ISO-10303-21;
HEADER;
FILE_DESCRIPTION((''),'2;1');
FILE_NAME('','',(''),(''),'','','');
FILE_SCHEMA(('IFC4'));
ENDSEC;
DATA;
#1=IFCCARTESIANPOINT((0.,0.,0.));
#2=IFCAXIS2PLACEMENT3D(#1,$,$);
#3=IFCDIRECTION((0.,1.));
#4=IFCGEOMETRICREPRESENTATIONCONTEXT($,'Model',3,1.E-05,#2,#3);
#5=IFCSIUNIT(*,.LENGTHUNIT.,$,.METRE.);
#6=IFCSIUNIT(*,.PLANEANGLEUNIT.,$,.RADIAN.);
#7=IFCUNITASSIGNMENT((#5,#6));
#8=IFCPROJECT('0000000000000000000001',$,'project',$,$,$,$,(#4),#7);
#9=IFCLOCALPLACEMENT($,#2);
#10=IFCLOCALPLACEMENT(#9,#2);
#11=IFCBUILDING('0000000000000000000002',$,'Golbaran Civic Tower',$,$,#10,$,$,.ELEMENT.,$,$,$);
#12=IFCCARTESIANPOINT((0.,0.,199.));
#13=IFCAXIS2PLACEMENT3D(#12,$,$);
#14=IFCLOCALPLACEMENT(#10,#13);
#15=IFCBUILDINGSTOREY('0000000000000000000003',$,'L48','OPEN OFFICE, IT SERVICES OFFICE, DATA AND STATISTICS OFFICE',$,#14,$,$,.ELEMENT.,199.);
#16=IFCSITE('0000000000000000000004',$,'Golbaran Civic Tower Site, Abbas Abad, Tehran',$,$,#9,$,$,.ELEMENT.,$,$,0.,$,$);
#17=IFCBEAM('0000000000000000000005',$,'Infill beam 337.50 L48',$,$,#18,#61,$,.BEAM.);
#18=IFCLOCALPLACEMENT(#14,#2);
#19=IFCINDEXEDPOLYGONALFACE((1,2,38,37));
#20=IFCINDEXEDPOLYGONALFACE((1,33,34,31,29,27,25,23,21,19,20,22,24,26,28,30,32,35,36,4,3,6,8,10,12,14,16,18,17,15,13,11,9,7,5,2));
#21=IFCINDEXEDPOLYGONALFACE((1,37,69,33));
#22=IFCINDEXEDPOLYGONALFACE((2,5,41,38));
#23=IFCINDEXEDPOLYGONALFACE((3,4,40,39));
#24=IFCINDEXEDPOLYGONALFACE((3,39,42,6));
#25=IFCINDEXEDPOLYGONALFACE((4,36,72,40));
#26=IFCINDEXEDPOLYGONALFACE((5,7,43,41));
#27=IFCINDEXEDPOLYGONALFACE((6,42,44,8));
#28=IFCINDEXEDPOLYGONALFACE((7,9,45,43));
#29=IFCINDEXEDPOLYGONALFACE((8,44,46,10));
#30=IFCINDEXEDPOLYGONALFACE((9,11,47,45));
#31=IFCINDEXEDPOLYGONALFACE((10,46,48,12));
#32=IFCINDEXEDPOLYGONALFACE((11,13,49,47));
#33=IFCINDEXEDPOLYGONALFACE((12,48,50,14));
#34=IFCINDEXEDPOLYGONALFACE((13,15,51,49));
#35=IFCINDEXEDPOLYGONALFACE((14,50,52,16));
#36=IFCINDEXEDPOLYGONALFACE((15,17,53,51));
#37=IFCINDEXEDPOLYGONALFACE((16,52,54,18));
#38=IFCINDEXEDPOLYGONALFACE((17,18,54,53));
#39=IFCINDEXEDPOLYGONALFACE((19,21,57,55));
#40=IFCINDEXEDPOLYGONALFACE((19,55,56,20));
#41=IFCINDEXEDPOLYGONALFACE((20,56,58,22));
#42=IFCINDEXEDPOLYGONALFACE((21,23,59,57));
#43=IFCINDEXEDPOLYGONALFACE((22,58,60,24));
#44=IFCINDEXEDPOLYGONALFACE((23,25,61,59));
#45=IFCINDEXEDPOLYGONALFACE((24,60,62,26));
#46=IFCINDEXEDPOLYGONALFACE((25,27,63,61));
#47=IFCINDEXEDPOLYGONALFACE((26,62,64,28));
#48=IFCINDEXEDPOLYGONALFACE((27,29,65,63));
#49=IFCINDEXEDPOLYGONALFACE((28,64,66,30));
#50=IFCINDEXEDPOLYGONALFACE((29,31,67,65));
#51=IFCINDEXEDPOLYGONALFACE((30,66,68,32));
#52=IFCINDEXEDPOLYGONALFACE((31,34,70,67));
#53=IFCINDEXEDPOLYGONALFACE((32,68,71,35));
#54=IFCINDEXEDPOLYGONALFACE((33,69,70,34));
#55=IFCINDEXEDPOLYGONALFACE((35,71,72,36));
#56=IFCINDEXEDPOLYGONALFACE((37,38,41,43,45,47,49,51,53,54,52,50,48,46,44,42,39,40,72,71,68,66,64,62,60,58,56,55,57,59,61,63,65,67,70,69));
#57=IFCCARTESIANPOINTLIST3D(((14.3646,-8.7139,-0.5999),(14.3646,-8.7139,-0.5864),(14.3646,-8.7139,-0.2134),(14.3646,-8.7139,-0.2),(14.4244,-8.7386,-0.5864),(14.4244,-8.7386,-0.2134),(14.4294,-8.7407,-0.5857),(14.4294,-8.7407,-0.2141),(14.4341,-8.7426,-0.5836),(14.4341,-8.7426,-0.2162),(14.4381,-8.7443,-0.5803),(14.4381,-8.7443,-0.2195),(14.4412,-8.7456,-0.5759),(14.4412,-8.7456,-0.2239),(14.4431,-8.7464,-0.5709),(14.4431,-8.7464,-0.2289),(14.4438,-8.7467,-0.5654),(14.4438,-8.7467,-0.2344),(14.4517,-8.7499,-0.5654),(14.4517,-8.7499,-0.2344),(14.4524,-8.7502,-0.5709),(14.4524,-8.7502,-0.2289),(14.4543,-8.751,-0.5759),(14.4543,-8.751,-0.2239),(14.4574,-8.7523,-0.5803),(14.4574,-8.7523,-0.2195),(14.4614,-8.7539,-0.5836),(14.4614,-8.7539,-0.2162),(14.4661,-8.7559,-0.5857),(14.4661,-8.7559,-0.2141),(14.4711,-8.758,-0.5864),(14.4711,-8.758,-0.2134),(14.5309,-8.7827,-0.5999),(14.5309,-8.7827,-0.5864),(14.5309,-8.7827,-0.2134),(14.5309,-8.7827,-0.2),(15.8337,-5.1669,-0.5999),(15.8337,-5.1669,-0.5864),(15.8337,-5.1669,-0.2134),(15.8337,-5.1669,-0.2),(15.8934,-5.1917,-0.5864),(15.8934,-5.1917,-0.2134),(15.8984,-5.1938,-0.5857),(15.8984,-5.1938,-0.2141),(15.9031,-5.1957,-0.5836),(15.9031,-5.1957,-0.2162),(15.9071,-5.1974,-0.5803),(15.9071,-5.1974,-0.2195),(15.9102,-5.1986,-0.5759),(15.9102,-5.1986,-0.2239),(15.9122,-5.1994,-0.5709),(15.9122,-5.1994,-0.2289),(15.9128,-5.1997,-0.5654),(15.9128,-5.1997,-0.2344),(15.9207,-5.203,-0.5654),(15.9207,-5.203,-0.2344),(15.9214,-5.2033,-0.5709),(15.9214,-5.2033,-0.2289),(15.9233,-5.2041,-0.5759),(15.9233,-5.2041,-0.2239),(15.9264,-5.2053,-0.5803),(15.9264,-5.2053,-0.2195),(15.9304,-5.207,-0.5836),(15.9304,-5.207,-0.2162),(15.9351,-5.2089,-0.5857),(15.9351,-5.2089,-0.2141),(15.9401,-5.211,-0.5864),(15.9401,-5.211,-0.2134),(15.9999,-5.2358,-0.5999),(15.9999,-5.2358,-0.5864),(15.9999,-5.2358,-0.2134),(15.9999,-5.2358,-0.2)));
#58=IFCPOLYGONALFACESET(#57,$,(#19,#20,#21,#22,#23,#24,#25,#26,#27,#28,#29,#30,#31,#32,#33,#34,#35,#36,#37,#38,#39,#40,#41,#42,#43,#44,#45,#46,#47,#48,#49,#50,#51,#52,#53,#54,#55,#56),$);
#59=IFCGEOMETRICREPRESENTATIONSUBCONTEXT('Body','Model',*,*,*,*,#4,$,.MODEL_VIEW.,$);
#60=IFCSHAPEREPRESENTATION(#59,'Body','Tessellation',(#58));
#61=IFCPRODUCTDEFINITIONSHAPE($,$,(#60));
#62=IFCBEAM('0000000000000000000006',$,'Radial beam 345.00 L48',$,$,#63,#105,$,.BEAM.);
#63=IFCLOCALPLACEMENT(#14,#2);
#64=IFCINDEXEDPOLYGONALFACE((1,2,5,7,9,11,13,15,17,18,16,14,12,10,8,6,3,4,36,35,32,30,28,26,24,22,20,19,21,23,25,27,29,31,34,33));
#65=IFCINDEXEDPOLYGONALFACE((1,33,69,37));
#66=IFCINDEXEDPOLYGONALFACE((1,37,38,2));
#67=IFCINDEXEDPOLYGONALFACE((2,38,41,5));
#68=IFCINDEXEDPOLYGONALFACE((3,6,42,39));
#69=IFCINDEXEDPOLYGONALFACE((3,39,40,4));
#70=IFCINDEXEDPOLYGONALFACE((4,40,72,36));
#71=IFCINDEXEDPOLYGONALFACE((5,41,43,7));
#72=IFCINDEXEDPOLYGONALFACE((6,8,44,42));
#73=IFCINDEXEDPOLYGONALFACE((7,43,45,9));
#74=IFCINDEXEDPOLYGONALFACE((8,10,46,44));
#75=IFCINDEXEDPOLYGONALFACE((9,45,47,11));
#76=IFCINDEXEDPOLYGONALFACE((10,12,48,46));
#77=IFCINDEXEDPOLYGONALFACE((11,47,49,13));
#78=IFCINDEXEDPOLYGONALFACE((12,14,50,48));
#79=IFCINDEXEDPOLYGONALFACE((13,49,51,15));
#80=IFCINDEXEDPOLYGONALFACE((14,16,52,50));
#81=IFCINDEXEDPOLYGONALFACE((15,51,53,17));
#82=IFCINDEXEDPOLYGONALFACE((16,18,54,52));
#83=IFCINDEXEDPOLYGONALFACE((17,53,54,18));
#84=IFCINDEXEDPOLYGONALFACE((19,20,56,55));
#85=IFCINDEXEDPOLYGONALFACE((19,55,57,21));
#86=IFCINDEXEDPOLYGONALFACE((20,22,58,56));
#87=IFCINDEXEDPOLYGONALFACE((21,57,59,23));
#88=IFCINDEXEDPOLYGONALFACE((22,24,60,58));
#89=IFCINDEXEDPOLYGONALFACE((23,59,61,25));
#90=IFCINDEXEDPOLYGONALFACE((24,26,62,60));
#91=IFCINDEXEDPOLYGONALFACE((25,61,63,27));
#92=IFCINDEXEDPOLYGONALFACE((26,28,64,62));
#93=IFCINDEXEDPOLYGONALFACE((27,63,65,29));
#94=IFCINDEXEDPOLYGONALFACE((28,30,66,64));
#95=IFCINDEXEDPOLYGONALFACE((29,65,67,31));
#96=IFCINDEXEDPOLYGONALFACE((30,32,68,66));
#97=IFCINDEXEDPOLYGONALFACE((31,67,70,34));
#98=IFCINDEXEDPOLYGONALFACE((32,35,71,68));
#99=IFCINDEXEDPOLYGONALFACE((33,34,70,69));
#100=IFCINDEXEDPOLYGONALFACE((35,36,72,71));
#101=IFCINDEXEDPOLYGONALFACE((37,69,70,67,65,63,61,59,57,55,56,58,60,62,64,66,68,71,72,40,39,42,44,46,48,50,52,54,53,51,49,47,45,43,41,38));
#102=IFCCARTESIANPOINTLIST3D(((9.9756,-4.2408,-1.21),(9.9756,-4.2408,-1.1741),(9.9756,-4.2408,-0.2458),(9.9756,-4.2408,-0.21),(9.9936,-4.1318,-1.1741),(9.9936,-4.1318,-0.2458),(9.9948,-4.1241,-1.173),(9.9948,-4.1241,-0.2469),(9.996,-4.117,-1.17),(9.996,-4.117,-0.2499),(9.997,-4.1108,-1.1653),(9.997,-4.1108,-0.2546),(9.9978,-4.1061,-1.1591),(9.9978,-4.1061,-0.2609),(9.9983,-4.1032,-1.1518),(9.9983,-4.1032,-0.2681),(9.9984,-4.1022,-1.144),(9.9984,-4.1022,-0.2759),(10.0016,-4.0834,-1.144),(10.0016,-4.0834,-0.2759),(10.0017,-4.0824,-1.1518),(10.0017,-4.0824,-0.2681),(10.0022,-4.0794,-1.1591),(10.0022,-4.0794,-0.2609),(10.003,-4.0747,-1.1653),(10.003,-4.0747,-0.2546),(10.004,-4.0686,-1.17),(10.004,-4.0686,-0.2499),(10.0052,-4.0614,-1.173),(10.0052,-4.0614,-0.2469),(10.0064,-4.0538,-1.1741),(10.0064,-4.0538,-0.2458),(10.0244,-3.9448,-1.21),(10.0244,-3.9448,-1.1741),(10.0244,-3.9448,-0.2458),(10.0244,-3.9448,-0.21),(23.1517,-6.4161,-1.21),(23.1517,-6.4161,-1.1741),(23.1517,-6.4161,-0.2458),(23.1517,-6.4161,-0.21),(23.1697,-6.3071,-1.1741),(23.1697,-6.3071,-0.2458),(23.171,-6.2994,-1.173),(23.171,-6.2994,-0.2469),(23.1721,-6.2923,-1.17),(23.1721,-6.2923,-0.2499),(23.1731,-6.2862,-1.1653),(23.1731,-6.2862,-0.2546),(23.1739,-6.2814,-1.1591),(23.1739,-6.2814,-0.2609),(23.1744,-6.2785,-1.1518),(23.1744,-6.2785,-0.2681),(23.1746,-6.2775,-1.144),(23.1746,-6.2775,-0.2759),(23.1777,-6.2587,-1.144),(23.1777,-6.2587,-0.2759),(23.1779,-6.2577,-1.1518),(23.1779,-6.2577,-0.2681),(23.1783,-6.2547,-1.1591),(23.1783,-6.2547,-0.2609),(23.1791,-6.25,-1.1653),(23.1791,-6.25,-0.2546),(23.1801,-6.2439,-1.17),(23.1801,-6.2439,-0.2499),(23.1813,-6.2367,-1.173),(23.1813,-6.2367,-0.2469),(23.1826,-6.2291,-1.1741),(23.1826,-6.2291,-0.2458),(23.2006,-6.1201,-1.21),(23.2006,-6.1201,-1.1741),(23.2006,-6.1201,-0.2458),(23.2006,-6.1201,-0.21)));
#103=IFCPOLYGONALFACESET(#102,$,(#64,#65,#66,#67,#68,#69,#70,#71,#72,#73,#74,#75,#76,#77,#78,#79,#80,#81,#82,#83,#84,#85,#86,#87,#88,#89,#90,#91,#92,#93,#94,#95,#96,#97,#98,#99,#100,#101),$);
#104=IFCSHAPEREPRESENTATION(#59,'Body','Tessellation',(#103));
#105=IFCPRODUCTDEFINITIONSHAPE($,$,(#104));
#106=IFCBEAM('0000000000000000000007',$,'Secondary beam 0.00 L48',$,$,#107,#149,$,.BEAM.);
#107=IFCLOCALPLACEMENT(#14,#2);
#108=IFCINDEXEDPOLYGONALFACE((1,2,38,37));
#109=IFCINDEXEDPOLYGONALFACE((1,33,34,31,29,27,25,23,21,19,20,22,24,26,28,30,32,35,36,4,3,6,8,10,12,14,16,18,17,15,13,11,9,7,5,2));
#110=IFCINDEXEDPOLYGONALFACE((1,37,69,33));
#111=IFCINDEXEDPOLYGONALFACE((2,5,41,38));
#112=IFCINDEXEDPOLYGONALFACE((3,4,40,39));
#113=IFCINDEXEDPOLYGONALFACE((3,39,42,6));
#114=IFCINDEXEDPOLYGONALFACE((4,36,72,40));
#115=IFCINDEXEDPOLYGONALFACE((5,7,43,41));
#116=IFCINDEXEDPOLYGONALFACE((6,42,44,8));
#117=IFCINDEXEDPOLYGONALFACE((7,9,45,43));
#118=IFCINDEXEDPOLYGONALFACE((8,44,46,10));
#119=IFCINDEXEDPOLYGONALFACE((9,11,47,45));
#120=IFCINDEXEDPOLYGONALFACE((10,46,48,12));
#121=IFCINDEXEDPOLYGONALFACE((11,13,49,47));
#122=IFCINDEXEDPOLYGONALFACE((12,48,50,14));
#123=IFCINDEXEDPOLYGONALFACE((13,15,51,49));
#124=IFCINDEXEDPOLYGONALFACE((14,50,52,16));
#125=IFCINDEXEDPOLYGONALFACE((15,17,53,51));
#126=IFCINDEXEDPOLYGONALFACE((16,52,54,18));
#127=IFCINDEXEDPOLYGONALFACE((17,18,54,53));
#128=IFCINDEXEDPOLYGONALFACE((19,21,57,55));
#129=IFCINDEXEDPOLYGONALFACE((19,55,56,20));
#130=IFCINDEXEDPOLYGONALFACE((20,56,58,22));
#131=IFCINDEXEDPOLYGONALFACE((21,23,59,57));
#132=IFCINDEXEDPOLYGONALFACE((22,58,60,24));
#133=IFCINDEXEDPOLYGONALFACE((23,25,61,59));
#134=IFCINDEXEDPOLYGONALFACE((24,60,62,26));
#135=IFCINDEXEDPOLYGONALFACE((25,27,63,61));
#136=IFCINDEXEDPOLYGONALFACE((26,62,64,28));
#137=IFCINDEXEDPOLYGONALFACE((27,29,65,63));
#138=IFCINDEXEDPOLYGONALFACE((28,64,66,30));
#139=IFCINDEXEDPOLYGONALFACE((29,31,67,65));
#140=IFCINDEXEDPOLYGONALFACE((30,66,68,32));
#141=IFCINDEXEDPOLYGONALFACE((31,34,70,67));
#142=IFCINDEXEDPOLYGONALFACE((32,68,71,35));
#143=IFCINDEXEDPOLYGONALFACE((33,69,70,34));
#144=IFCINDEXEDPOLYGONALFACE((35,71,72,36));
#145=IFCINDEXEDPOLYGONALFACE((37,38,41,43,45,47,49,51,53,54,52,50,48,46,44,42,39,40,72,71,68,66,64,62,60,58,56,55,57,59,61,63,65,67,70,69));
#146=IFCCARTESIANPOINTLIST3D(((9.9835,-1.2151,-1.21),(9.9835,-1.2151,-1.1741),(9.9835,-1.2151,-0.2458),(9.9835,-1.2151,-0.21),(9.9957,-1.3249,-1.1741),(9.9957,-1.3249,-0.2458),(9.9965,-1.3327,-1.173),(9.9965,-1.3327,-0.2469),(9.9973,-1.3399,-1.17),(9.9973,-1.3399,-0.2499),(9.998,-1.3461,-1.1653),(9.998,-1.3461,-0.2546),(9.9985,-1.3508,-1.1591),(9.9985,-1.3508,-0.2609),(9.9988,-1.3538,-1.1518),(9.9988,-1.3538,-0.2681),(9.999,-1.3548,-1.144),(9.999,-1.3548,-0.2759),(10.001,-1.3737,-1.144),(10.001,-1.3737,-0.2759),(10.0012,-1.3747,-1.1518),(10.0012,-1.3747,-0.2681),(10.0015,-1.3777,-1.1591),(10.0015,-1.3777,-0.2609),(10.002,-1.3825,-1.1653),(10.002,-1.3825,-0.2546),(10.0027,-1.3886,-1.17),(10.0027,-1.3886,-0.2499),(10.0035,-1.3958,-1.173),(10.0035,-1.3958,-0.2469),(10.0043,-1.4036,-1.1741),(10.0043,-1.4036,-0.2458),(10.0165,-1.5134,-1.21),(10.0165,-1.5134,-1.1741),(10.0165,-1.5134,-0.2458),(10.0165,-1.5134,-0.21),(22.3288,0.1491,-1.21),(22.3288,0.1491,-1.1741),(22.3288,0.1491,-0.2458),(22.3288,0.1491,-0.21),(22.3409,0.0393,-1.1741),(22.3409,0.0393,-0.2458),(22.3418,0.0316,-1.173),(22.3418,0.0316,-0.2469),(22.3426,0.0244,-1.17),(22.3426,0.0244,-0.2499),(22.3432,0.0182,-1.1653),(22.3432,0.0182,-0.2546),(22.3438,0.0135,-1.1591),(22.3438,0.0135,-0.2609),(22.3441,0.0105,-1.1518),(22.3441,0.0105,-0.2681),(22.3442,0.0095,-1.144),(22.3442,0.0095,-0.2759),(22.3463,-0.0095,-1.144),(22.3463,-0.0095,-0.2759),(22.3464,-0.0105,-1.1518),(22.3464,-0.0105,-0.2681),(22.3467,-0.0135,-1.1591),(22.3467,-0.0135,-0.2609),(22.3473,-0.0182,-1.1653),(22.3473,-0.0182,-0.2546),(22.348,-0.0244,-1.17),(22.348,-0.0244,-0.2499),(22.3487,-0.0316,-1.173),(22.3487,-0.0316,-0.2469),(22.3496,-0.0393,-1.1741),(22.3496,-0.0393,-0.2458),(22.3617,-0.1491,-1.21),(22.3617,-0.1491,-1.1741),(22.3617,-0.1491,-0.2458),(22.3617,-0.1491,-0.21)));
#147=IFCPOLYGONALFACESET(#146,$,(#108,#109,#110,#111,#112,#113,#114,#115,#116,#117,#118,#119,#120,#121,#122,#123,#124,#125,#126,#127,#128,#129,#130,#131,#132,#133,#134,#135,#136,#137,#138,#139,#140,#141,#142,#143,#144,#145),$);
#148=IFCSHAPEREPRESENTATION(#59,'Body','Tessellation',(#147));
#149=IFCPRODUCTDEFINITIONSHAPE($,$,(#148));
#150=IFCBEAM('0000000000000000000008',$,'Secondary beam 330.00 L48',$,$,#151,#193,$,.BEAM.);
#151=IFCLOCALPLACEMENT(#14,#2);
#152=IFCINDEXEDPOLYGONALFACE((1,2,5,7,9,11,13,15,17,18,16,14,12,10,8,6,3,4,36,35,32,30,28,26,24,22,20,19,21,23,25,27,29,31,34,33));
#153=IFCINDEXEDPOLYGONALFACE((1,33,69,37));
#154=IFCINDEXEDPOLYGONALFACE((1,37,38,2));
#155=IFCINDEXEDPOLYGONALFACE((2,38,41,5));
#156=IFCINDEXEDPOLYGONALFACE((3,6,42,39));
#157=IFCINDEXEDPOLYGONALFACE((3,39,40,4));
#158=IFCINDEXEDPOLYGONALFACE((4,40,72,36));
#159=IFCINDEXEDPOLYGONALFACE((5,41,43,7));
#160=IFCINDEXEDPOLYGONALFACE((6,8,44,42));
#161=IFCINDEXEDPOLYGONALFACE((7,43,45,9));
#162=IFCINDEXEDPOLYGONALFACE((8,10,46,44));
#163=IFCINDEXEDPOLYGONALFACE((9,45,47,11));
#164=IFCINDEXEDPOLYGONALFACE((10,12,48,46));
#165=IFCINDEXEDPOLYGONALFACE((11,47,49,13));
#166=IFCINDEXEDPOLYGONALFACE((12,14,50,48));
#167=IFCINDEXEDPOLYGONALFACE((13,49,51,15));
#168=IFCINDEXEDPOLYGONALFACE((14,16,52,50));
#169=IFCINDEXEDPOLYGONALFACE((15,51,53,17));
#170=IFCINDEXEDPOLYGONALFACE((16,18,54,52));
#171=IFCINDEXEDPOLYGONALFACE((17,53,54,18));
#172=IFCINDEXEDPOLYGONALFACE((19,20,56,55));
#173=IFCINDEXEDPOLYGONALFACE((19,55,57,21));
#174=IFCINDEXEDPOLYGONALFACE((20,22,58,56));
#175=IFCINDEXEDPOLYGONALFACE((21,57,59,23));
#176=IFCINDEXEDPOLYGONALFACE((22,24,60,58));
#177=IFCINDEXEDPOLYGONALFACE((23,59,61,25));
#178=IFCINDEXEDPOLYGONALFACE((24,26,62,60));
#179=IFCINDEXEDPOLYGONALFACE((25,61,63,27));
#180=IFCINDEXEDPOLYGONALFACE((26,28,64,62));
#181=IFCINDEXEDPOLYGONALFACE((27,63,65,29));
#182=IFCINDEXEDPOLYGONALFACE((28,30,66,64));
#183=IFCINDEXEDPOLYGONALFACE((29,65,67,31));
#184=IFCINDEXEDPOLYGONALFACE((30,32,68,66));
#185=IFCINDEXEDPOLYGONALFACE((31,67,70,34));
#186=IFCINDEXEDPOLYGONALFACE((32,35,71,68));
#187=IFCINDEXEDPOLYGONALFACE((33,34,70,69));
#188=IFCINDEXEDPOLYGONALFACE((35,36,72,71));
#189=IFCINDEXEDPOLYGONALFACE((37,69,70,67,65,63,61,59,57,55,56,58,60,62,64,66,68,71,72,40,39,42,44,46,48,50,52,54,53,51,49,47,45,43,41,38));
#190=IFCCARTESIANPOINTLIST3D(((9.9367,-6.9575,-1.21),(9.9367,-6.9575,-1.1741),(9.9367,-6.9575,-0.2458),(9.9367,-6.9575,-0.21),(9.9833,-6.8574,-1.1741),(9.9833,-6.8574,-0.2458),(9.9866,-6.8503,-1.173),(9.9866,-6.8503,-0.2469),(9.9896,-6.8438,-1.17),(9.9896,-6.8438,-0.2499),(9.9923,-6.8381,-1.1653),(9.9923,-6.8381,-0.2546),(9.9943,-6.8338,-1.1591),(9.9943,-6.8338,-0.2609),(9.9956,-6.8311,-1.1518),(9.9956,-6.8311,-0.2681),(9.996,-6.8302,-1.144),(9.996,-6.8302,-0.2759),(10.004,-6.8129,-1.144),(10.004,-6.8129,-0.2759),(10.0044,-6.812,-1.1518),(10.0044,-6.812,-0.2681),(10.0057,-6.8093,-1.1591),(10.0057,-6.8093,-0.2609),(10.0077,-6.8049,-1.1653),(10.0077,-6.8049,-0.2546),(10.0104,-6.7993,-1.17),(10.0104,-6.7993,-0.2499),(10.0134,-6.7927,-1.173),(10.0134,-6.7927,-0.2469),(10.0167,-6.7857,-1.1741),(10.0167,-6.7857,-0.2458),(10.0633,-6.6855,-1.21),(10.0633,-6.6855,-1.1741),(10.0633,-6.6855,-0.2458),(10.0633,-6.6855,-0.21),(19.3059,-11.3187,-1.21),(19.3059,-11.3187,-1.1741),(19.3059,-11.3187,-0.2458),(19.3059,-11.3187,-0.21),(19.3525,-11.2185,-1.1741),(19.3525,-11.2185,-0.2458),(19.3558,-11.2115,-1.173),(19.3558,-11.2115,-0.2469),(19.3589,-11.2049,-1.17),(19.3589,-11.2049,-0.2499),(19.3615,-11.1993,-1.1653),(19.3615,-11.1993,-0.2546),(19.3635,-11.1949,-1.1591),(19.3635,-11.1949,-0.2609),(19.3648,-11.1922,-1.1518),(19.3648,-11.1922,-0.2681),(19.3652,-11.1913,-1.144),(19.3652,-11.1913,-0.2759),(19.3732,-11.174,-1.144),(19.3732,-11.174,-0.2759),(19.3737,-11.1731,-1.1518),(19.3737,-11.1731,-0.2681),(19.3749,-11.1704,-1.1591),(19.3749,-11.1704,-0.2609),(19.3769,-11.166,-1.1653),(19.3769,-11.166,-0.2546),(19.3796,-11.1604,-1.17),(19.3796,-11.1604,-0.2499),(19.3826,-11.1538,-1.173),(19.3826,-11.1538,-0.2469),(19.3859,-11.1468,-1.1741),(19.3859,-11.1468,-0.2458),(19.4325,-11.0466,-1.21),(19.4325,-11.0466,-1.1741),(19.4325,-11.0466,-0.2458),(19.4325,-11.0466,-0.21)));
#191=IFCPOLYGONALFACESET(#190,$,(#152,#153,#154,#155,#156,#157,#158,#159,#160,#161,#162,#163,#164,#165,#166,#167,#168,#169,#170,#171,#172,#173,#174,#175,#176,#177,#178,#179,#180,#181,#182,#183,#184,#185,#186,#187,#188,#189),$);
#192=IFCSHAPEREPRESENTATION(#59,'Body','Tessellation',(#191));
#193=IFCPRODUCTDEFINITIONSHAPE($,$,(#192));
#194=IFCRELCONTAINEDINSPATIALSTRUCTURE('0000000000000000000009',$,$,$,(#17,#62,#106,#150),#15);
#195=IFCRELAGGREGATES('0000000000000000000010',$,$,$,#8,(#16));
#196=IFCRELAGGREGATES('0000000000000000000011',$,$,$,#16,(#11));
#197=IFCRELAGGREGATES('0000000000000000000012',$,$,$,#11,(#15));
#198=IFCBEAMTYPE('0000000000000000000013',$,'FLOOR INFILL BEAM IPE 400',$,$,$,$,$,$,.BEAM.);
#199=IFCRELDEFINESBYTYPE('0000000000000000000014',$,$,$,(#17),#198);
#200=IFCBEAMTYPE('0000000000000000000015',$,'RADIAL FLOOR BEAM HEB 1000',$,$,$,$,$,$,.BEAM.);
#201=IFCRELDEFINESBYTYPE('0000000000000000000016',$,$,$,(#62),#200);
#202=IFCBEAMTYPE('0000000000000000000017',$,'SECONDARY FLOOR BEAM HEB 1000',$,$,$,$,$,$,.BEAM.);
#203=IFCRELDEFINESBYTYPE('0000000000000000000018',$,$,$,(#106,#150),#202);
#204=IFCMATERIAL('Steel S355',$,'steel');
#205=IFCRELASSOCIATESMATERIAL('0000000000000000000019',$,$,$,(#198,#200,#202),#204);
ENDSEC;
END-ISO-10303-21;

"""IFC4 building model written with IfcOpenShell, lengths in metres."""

from ifc_helpers import new_model, si_unit, direction, frame, origin, origin_2d, place, context, subcontext, project, spatial, i_section, extrude, material, material_profile, profile_set, type_object, element, save


model = new_model("IFC4")

# Units and contexts
model_context = context("Model", 3, precision=1e-05, world=origin(), true_north=direction((0.0, 1.0)))
body_context = subcontext(model_context, "Body", "Model", "MODEL_VIEW")
ifc_project = project(units=[si_unit("LENGTHUNIT", "METRE"), si_unit("PLANEANGLEUNIT", "RADIAN")], contexts=[model_context])

# Site, building, storey
site_placement = place(None, origin())
site = spatial("IfcSite", under=ifc_project, at=site_placement, Name="Golbaran Civic Tower Site, Abbas Abad, Tehran", CompositionType="ELEMENT", RefElevation=0.0)
building_placement = place(site_placement, origin())
building = spatial("IfcBuilding", under=site, at=building_placement, Name="Golbaran Civic Tower", CompositionType="ELEMENT")
storey_placement = place(building_placement, frame((0.0, 0.0, 199.0)))
storey = spatial("IfcBuildingStorey", under=building, at=storey_placement, Name="L48", Description="OPEN OFFICE, IT SERVICES OFFICE, DATA AND STATISTICS OFFICE", CompositionType="ELEMENT", Elevation=199.0)

# Beams
ifc_material_1 = material(Name="Steel S355", Category="steel")
ifc_material_profile_1 = material_profile(ifc_material_1, i_section(OverallWidth=0.1799, OverallDepth=0.3999, WebThickness=0.0085, FlangeThickness=0.0134, FilletRadius=0.021, at=origin_2d()), Name="IPE 400")
ifc_profile_set_1 = profile_set([ifc_material_profile_1], Name="Steel S355")
beam_type_1 = type_object("IfcBeamType", Name="FLOOR INFILL BEAM IPE 400", PredefinedType="BEAM", material=ifc_profile_set_1)
beam_1_placement = place(storey_placement, frame((14.4478, -8.7483, -0.3999), z_axis=(0.382646, 0.923895, 0.0), x_axis=(-0.923895, 0.382646, 0.0)))
element("IfcBeam", 1, at=beam_1_placement, inside=storey, type_object=beam_type_1, Name="Infill beam 337.50 L48", PredefinedType="BEAM", context=body_context, shape_type="SweptSolid", body=[
    extrude(i_section(OverallWidth=0.1799, OverallDepth=0.3999, WebThickness=0.0085, FlangeThickness=0.0134, FilletRadius=0.021, at=origin_2d()), origin(), (0.0, 0.0, 1.0), 3.8391),
])
ifc_material_profile_2 = material_profile(ifc_material_1, i_section(OverallWidth=0.3, OverallDepth=1.0, WebThickness=0.019, FlangeThickness=0.0359, FilletRadius=0.03, at=origin_2d()), Name="HEB 1000")
ifc_profile_set_2 = profile_set([ifc_material_profile_2], Name="Steel S355")
beam_type_2 = type_object("IfcBeamType", Name="RADIAL FLOOR BEAM HEB 1000", PredefinedType="BEAM", material=ifc_profile_set_2)
beam_2_placement = place(storey_placement, frame((10.0, -4.0928, -0.71), z_axis=(0.986644, -0.16289, 0.0), x_axis=(0.16289, 0.986644, 0.0)))
element("IfcBeam", 2, at=beam_2_placement, inside=storey, type_object=beam_type_2, Name="Radial beam 345.00 L48", PredefinedType="BEAM", context=body_context, shape_type="SweptSolid", body=[
    extrude(i_section(OverallWidth=0.3, OverallDepth=1.0, WebThickness=0.019, FlangeThickness=0.0359, FilletRadius=0.03, at=origin_2d()), origin(), (0.0, 0.0, 1.0), 13.3545),
])
ifc_material_profile_3 = material_profile(ifc_material_1, i_section(OverallWidth=0.3, OverallDepth=1.0, WebThickness=0.019, FlangeThickness=0.0359, FilletRadius=0.03, at=origin_2d()), Name="HEB 1000")
ifc_profile_set_3 = profile_set([ifc_material_profile_3], Name="Steel S355")
beam_type_3 = type_object("IfcBeamType", Name="SECONDARY FLOOR BEAM HEB 1000", PredefinedType="BEAM", material=ifc_profile_set_3)
beam_3_placement = place(storey_placement, frame((10.0, -1.3643, -0.71), z_axis=(0.993949, 0.10984, 0.0), x_axis=(-0.10984, 0.993949, 0.0)))
element("IfcBeam", 3, at=beam_3_placement, inside=storey, type_object=beam_type_3, Name="Secondary beam 0.00 L48", PredefinedType="BEAM", context=body_context, shape_type="SweptSolid", body=[
    extrude(i_section(OverallWidth=0.3, OverallDepth=1.0, WebThickness=0.019, FlangeThickness=0.0359, FilletRadius=0.03, at=origin_2d()), origin(), (0.0, 0.0, 1.0), 12.4204),
])
beam_4_placement = place(storey_placement, frame((10.0, -6.8215, -0.71), z_axis=(0.906597, -0.421997, 0.0), x_axis=(0.421997, 0.906597, 0.0)))
element("IfcBeam", 4, at=beam_4_placement, inside=storey, type_object=beam_type_3, Name="Secondary beam 330.00 L48", PredefinedType="BEAM", context=body_context, shape_type="SweptSolid", body=[
    extrude(i_section(OverallWidth=0.3, OverallDepth=1.0, WebThickness=0.019, FlangeThickness=0.0359, FilletRadius=0.03, at=origin_2d()), origin(), (0.0, 0.0, 1.0), 10.3345),
])

save(model, "model.ifc")
